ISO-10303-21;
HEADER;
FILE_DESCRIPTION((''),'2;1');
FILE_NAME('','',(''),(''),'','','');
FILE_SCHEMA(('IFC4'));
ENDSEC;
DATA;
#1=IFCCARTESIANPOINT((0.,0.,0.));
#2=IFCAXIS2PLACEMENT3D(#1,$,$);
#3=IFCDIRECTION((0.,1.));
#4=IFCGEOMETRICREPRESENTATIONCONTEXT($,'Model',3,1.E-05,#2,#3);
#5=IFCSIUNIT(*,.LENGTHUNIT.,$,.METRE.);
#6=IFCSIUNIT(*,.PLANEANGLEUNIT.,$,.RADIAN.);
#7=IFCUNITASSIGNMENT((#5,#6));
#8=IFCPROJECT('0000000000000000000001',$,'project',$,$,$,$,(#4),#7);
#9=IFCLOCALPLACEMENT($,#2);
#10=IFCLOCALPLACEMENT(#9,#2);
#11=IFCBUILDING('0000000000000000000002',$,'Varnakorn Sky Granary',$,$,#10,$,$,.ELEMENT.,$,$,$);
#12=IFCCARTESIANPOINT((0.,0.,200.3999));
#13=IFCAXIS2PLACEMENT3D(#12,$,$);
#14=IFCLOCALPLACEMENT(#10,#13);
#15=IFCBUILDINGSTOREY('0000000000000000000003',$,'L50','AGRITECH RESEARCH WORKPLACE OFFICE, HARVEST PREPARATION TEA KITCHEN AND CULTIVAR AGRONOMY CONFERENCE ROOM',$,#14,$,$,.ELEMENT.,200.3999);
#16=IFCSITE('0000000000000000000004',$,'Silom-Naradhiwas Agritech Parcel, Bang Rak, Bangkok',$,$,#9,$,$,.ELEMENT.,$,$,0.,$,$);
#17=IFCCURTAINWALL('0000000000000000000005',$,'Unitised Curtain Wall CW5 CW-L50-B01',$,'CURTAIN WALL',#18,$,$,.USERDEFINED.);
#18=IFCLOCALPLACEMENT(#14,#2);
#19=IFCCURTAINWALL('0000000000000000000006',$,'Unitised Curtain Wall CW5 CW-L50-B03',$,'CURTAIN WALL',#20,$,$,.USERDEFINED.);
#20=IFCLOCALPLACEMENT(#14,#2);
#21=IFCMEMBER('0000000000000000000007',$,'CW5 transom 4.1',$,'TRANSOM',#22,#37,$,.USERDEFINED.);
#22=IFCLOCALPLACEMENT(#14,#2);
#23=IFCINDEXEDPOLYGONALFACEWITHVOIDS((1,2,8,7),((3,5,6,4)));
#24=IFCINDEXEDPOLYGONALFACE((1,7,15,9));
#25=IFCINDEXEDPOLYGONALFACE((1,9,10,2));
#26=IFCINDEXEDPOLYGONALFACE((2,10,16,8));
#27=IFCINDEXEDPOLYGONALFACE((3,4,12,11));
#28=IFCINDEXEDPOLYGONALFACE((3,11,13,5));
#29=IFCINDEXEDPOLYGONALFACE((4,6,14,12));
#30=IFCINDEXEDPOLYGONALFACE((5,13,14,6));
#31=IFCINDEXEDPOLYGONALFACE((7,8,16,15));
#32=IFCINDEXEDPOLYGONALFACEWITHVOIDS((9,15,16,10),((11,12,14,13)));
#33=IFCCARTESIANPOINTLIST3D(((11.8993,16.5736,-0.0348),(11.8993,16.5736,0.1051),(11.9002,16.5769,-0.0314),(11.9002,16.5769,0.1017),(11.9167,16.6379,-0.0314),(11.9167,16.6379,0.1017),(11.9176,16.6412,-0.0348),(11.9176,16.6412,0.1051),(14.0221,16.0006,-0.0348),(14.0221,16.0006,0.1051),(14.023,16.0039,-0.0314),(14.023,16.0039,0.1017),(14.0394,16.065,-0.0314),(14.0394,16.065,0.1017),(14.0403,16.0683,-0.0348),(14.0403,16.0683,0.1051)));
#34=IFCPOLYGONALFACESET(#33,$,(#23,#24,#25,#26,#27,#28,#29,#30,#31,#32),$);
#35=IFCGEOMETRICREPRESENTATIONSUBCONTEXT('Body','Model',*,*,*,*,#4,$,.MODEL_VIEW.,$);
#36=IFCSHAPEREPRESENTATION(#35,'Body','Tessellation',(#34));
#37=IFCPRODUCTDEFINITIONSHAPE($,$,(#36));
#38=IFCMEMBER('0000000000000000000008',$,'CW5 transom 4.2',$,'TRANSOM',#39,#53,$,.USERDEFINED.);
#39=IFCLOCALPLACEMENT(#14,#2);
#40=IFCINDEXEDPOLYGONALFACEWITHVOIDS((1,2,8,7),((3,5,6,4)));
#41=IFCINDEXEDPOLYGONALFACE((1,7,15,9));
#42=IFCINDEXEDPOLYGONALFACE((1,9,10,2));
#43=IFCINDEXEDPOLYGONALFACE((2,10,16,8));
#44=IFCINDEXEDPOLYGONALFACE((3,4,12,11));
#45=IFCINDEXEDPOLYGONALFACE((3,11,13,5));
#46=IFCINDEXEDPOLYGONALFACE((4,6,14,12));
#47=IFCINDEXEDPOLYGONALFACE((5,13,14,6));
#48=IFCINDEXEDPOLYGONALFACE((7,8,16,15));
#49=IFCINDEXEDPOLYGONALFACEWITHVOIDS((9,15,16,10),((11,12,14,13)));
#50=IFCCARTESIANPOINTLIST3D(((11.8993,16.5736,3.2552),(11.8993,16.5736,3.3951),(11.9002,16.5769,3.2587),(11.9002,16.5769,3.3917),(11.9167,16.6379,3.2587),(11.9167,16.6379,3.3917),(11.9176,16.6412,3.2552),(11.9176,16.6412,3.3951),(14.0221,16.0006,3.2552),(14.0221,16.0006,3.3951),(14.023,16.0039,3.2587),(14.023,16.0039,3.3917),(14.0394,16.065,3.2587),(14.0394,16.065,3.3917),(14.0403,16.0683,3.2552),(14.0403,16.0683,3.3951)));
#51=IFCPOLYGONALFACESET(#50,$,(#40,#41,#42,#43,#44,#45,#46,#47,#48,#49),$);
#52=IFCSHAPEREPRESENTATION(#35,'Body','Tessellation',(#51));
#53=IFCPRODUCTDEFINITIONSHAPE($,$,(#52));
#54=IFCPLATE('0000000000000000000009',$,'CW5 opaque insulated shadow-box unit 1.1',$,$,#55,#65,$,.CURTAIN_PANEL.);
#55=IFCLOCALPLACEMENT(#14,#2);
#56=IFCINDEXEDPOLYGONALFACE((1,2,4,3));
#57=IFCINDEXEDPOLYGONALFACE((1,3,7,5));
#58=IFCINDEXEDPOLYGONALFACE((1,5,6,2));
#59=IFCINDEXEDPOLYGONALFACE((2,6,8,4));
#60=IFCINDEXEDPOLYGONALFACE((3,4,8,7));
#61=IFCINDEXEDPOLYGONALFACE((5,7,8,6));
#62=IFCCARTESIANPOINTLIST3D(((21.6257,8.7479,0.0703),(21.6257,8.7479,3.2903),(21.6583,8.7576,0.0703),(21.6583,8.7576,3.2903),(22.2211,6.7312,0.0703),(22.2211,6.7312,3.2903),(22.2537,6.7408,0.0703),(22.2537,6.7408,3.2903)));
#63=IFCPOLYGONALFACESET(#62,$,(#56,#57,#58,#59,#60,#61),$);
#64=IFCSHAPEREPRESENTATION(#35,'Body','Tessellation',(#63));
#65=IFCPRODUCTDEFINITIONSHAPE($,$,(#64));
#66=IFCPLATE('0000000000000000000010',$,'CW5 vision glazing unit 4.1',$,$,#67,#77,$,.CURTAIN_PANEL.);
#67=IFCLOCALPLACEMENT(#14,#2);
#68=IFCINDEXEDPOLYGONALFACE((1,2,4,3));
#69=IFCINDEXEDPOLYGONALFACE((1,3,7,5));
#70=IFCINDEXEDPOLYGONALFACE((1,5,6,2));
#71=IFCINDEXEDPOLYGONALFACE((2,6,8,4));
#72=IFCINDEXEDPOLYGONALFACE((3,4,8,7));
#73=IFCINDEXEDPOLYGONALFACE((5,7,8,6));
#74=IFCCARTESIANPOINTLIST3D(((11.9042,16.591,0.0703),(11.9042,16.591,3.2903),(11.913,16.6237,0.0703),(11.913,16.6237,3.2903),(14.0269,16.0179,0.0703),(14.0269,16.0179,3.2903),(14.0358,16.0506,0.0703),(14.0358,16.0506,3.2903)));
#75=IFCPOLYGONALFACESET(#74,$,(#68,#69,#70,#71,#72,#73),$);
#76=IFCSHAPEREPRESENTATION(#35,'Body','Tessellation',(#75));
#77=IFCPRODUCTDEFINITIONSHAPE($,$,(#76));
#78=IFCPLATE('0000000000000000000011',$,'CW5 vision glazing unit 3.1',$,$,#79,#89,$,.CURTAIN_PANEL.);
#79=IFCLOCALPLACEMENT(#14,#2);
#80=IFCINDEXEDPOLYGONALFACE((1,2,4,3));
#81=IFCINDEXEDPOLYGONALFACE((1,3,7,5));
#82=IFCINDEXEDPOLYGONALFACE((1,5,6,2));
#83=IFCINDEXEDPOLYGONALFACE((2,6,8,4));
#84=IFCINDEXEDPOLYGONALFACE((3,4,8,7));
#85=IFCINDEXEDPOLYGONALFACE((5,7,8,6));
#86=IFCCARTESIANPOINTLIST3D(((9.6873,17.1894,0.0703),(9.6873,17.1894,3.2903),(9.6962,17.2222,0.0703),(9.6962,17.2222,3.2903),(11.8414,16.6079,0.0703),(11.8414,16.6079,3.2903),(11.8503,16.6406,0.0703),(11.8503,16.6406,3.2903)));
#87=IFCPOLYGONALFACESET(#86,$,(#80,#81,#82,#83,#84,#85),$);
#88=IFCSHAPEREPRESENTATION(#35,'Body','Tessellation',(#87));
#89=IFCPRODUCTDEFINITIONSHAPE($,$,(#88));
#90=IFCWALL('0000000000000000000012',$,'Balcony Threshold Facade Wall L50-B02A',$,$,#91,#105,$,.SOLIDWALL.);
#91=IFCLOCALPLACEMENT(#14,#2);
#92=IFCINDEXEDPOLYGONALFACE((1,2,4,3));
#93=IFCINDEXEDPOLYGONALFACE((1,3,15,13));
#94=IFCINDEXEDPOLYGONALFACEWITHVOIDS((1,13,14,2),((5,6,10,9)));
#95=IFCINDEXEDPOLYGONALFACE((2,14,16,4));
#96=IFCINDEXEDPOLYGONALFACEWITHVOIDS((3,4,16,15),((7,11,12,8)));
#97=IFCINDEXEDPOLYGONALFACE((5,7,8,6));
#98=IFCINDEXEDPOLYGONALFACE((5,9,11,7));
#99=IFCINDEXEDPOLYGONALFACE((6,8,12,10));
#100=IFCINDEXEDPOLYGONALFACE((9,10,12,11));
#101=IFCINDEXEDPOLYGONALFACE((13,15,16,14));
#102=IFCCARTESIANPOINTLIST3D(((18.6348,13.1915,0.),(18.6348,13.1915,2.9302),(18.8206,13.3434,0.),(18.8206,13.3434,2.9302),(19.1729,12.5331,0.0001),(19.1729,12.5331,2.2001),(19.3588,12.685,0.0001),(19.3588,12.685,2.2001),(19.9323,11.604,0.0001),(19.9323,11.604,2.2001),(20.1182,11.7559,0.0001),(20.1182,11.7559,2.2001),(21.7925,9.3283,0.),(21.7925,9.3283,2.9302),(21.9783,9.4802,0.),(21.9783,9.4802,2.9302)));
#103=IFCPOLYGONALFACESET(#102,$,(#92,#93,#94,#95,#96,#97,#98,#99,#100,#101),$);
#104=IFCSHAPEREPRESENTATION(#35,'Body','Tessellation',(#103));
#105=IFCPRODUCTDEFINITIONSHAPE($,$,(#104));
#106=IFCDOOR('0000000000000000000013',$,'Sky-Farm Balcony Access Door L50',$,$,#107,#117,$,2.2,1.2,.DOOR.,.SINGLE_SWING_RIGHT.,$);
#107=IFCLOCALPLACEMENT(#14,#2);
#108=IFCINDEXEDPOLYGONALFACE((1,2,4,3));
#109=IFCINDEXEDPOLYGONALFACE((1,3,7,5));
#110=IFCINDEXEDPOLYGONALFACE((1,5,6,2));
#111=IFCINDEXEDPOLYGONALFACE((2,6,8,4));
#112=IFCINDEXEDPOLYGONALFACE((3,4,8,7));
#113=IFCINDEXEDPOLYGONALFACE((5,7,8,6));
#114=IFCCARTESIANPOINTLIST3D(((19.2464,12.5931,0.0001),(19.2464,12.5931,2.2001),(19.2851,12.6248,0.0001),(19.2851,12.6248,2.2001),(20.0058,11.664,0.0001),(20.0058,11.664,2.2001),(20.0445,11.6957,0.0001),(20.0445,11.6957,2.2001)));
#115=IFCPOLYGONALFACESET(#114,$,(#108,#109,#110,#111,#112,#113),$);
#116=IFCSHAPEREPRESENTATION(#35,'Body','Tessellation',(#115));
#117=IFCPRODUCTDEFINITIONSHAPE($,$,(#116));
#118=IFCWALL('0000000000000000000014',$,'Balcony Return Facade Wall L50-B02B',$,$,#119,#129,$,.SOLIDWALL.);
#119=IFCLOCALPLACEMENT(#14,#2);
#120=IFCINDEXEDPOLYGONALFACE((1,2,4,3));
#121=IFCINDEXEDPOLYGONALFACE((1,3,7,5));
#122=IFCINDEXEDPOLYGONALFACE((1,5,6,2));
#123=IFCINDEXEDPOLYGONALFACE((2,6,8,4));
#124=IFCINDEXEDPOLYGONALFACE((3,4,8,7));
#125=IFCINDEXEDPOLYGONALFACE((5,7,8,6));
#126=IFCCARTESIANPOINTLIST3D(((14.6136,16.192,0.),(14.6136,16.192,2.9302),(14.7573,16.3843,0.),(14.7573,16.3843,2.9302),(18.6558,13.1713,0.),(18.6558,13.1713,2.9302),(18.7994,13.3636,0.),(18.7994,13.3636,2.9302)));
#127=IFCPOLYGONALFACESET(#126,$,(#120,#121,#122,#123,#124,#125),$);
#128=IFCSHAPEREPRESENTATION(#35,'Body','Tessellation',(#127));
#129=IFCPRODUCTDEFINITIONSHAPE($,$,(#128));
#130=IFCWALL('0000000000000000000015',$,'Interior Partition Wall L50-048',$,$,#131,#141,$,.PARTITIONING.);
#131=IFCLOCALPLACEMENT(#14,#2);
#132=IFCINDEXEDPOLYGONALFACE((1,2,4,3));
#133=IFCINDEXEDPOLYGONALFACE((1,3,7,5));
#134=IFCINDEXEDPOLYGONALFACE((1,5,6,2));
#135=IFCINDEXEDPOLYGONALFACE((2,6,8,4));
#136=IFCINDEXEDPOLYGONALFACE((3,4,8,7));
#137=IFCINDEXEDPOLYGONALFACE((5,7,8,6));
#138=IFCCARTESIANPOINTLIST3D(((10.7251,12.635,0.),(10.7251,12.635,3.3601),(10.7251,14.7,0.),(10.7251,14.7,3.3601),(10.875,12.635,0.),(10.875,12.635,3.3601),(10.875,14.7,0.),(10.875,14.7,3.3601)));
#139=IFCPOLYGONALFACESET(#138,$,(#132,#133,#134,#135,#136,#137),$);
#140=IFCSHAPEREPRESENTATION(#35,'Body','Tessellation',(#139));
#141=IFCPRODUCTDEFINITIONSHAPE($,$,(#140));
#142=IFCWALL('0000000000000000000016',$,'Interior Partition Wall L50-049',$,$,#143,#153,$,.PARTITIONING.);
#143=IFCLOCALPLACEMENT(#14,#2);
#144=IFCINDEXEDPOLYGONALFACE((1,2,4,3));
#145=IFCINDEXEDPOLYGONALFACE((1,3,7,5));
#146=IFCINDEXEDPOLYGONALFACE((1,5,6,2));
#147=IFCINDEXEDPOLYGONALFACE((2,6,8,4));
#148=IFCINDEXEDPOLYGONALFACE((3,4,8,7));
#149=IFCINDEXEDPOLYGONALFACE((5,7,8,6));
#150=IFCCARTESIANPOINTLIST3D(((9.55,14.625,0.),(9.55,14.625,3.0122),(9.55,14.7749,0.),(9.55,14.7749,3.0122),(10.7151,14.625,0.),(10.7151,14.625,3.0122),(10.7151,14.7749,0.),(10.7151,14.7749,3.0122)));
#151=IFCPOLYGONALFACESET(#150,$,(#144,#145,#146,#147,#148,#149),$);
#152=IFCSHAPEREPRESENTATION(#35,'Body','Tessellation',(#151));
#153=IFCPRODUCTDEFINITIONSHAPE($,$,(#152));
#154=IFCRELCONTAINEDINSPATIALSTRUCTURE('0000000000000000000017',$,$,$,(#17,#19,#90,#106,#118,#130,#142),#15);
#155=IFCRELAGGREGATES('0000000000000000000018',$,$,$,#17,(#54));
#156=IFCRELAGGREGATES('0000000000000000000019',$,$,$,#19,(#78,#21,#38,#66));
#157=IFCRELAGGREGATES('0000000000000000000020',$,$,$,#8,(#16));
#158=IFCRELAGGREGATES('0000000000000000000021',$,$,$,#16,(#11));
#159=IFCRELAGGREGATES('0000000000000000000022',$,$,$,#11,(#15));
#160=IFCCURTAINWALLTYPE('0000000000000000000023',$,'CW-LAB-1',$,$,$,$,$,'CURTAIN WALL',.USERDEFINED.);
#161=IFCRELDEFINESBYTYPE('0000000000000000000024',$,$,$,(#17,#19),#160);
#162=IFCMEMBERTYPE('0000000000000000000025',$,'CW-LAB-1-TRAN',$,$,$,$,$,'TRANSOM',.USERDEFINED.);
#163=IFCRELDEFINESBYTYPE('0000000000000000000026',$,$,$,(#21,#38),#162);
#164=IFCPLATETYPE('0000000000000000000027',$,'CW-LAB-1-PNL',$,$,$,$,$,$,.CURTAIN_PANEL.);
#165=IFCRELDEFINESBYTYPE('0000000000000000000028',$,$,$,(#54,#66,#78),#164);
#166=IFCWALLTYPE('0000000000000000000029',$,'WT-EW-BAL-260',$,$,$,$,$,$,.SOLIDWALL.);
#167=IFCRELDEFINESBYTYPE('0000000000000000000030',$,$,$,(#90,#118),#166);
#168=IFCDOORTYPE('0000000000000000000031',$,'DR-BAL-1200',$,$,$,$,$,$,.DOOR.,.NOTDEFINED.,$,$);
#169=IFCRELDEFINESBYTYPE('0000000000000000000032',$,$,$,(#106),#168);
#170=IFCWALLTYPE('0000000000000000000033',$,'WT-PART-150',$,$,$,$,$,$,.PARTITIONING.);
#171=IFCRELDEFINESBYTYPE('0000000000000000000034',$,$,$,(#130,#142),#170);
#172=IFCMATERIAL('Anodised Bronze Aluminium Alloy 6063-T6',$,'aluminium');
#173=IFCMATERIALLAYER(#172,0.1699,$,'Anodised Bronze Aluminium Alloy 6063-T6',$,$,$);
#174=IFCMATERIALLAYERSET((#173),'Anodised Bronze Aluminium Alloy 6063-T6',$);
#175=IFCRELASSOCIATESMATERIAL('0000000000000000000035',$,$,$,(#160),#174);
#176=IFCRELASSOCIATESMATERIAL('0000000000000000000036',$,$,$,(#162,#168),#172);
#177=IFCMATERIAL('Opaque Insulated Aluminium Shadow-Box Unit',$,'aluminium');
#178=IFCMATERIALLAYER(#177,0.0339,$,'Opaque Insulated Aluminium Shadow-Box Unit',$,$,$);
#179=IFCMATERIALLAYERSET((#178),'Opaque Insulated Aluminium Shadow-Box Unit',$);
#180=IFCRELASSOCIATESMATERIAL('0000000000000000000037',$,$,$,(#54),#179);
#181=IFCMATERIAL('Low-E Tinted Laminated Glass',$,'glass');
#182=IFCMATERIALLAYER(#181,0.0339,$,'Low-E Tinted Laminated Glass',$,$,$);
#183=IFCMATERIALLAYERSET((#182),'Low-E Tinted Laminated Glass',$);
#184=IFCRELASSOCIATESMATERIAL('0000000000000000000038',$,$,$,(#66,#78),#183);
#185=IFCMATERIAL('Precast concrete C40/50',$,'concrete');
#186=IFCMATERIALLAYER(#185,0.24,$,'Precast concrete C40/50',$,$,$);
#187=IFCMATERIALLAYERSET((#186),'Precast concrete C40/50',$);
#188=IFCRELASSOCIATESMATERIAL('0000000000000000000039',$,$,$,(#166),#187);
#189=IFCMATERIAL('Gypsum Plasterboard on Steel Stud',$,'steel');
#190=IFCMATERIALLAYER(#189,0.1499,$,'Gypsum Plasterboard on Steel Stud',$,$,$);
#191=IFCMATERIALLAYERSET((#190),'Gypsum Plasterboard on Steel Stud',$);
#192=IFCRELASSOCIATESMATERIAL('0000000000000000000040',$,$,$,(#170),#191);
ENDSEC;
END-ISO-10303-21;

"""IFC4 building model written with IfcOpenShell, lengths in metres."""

from ifc_helpers import new_model, si_unit, direction, frame, frame_2d, origin, origin_2d, place, context, subcontext, project, spatial, rectangle, hollow_rectangle, extrude, source, transform, mapped, material, layer, layer_set, material_profile, profile_set, type_object, type_shapes, element, fill, aggregate, save


model = new_model("IFC4")

# Units and contexts
model_context = context("Model", 3, precision=1e-05, world=origin(), true_north=direction((0.0, 1.0)))
body_context = subcontext(model_context, "Body", "Model", "MODEL_VIEW")
ifc_project = project(units=[si_unit("LENGTHUNIT", "METRE"), si_unit("PLANEANGLEUNIT", "RADIAN")], contexts=[model_context])

# Site, building, storey
site_placement = place(None, origin())
site = spatial("IfcSite", under=ifc_project, at=site_placement, Name="Silom-Naradhiwas Agritech Parcel, Bang Rak, Bangkok", CompositionType="ELEMENT", RefElevation=0.0)
building_placement = place(site_placement, origin())
building = spatial("IfcBuilding", under=site, at=building_placement, Name="Varnakorn Sky Granary", CompositionType="ELEMENT")
storey_placement = place(building_placement, frame((0.0, 0.0, 200.3999)))
storey = spatial("IfcBuildingStorey", under=building, at=storey_placement, Name="L50", Description="AGRITECH RESEARCH WORKPLACE OFFICE, HARVEST PREPARATION TEA KITCHEN AND CULTIVAR AGRONOMY CONFERENCE ROOM", CompositionType="ELEMENT", Elevation=200.3999)

# Curtain walls
ifc_material_1 = material(Name="Anodised Bronze Aluminium Alloy 6063-T6", Category="aluminium")
ifc_layer_1 = layer(ifc_material_1, 0.1699, Name="Anodised Bronze Aluminium Alloy 6063-T6")
ifc_layer_set_1 = layer_set([ifc_layer_1], Name="Anodised Bronze Aluminium Alloy 6063-T6")
curtain_wall_type = type_object("IfcCurtainWallType", Name="CW-LAB-1", ElementType="CURTAIN WALL", PredefinedType="USERDEFINED", material=ifc_layer_set_1)
curtain_wall_1_placement = place(storey_placement, origin())
curtain_wall_1 = element("IfcCurtainWall", 1, at=curtain_wall_1_placement, inside=storey, type_object=curtain_wall_type, Name="Unitised Curtain Wall CW5 CW-L50-B01", ObjectType="CURTAIN WALL", PredefinedType="USERDEFINED")
curtain_wall_2_placement = place(storey_placement, origin())
curtain_wall_2 = element("IfcCurtainWall", 2, at=curtain_wall_2_placement, inside=storey, type_object=curtain_wall_type, Name="Unitised Curtain Wall CW5 CW-L50-B03", ObjectType="CURTAIN WALL", PredefinedType="USERDEFINED")

# Members
ifc_material_profile_1 = material_profile(ifc_material_1, hollow_rectangle(XDim=0.0701, YDim=0.1399, WallThickness=0.0034, at=origin_2d()), Name="ALU TRAN 70x140")
ifc_profile_set_1 = profile_set([ifc_material_profile_1], Name="Anodised Bronze Aluminium Alloy 6063-T6")
member_type_1 = type_object("IfcMemberType", Name="CW-LAB-1-TRAN", ElementType="TRANSOM", PredefinedType="USERDEFINED", material=ifc_profile_set_1)
member_1_placement = place(storey_placement, frame((11.9084, 16.6074, 0.0352), z_axis=(0.965447, -0.260599, 0.0), x_axis=(0.260599, 0.965447, 0.0)))
member_1 = element("IfcMember", 3, at=member_1_placement, type_object=member_type_1, Name="CW5 transom 4.1", ObjectType="TRANSOM", PredefinedType="USERDEFINED", context=body_context, shape_type="SweptSolid", body=[
    extrude(hollow_rectangle(XDim=0.0701, YDim=0.1399, WallThickness=0.0034, at=origin_2d()), origin(), (0.0, 0.0, 1.0), 2.1987),
])
member_2_placement = place(storey_placement, frame((11.9084, 16.6074, 3.3252), z_axis=(0.965447, -0.260599, 0.0), x_axis=(0.260599, 0.965447, 0.0)))
member_2 = element("IfcMember", 4, at=member_2_placement, type_object=member_type_1, Name="CW5 transom 4.2", ObjectType="TRANSOM", PredefinedType="USERDEFINED", context=body_context, shape_type="SweptSolid", body=[
    extrude(hollow_rectangle(XDim=0.0701, YDim=0.1399, WallThickness=0.0034, at=origin_2d()), origin(), (0.0, 0.0, 1.0), 2.1987),
])

# Plates
ifc_material_2 = material(Name="Opaque Insulated Aluminium Shadow-Box Unit", Category="aluminium")
ifc_layer_2 = layer(ifc_material_2, 0.0339, Name="Opaque Insulated Aluminium Shadow-Box Unit")
ifc_layer_set_2 = layer_set([ifc_layer_2], Name="Opaque Insulated Aluminium Shadow-Box Unit")
plate_type = type_object("IfcPlateType", Name="CW-LAB-1-PNL", PredefinedType="CURTAIN_PANEL")
shared_shape_1 = source(origin(), body_context, "Body", "SweptSolid", [
    extrude(rectangle(XDim=2.1028, YDim=0.0339, at=origin_2d()), origin(), (0.0, 0.0, 1.0), 3.22),
])
plate_1_placement = place(storey_placement, frame((21.9397, 7.7444, 0.0703), z_axis=(0.0, 0.0, 1.0), x_axis=(0.283144, -0.959077, 0.0)))
plate_1 = element("IfcPlate", 5, at=plate_1_placement, type_object=plate_type, material=ifc_layer_set_2, Name="CW5 opaque insulated shadow-box unit 1.1", PredefinedType="CURTAIN_PANEL", context=body_context, shape_type="MappedRepresentation", body=[
    mapped(shared_shape_1, transform((0.0, 0.0, 0.0), x_axis=(1.0, 0.0, 0.0), y_axis=(0.0, 1.0, 0.0), z_axis=(0.0, 0.0, 1.0), scale=1.0)),
])
aggregate(curtain_wall_1, [plate_1])
ifc_material_3 = material(Name="Low-E Tinted Laminated Glass", Category="glass")
ifc_layer_3 = layer(ifc_material_3, 0.0339, Name="Low-E Tinted Laminated Glass")
ifc_layer_set_3 = layer_set([ifc_layer_3], Name="Low-E Tinted Laminated Glass")
shared_shape_2 = source(origin(), body_context, "Body", "SweptSolid", [
    extrude(rectangle(XDim=2.1987, YDim=0.0339, at=origin_2d()), origin(), (0.0, 0.0, 1.0), 3.22),
])
plate_2_placement = place(storey_placement, frame((12.97, 16.3208, 0.0703), z_axis=(0.0, 0.0, 1.0), x_axis=(0.965435, -0.260643, 0.0)))
plate_2 = element("IfcPlate", 6, at=plate_2_placement, type_object=plate_type, material=ifc_layer_set_3, Name="CW5 vision glazing unit 4.1", PredefinedType="CURTAIN_PANEL", context=body_context, shape_type="MappedRepresentation", body=[
    mapped(shared_shape_2, transform((0.0, 0.0, 0.0), x_axis=(1.0, 0.0, 0.0), y_axis=(0.0, 1.0, 0.0), z_axis=(0.0, 0.0, 1.0), scale=1.0)),
])
shared_shape_3 = source(origin(), body_context, "Body", "SweptSolid", [
    extrude(rectangle(XDim=2.2312, YDim=0.0339, at=origin_2d()), origin(), (0.0, 0.0, 1.0), 3.22),
])
type_shapes(plate_type, [shared_shape_1, shared_shape_2, shared_shape_3])
plate_3_placement = place(storey_placement, frame((10.7688, 16.915, 0.0703), z_axis=(0.0, 0.0, 1.0), x_axis=(0.965435, -0.260643, 0.0)))
plate_3 = element("IfcPlate", 7, at=plate_3_placement, type_object=plate_type, material=ifc_layer_set_3, Name="CW5 vision glazing unit 3.1", PredefinedType="CURTAIN_PANEL", context=body_context, shape_type="MappedRepresentation", body=[
    mapped(shared_shape_3, transform((0.0, 0.0, 0.0), x_axis=(1.0, 0.0, 0.0), y_axis=(0.0, 1.0, 0.0), z_axis=(0.0, 0.0, 1.0), scale=1.0)),
])
aggregate(curtain_wall_2, [plate_3, member_1, member_2, plate_2])

# Wall, opening, door
ifc_material_4 = material(Name="Precast concrete C40/50", Category="concrete")
ifc_layer_4 = layer(ifc_material_4, 0.24, Name="Precast concrete C40/50")
ifc_layer_set_4 = layer_set([ifc_layer_4], Name="Precast concrete C40/50")
wall_type_1 = type_object("IfcWallType", Name="WT-EW-BAL-260", PredefinedType="SOLIDWALL", material=ifc_layer_set_4)
wall_1_placement = place(storey_placement, frame((18.7278, 13.2673, 0.0), z_axis=(0.0, 0.0, 1.0), x_axis=(0.632859, -0.774267, 0.0)))
wall_1 = element("IfcWall", 8, at=wall_1_placement, inside=storey, type_object=wall_type_1, Name="Balcony Threshold Facade Wall L50-B02A", PredefinedType="SOLIDWALL", context=body_context, shape_type="SweptSolid", body=[
    extrude(rectangle(XDim=4.9895, YDim=0.24, at=frame_2d((2.4946, 0.0))), origin(), (0.0, 0.0, 1.0), 2.9302),
])
opening_placement = place(wall_1_placement, frame((0.8501, 0.0, 0.0)))
opening = element("IfcOpeningElement", 9, at=opening_placement, cuts=wall_1, PredefinedType="OPENING", context=body_context, shape_type="SweptSolid", body=[
    extrude(rectangle(XDim=1.2, YDim=2.2, at=frame_2d((0.6001, 1.1001))), frame((0.0, 0.1299, 0.0), z_axis=(0.0, -1.0, 0.0), x_axis=(1.0, 0.0, 0.0)), (0.0, 0.0, 1.0), 0.26),
])
door_type = type_object("IfcDoorType", Name="DR-BAL-1200", OperationType="NOTDEFINED", PredefinedType="DOOR", material=ifc_material_1)
door_placement = place(opening_placement, origin())
door = element("IfcDoor", 10, at=door_placement, inside=storey, type_object=door_type, Name="Sky-Farm Balcony Access Door L50", OperationType="SINGLE_SWING_RIGHT", OverallHeight=2.2, OverallWidth=1.2, PredefinedType="DOOR", context=body_context, shape_type="SweptSolid", body=[
    extrude(rectangle(XDim=1.2, YDim=2.2, at=frame_2d((0.6001, 1.1001))), frame((0.0, 0.0249, 0.0), z_axis=(0.0, -1.0, 0.0), x_axis=(1.0, 0.0, 0.0)), (0.0, 0.0, 1.0), 0.05),
])
fill(opening, door)

# Walls
wall_2_placement = place(storey_placement, frame((14.6855, 16.2881, 0.0), z_axis=(0.0, 0.0, 1.0), x_axis=(0.801038, -0.598613, 0.0)))
element("IfcWall", 11, at=wall_2_placement, inside=storey, type_object=wall_type_1, Name="Balcony Return Facade Wall L50-B02B", PredefinedType="SOLIDWALL", context=body_context, shape_type="SweptSolid", body=[
    extrude(rectangle(XDim=5.0461, YDim=0.24, at=frame_2d((2.5229, 0.0))), origin(), (0.0, 0.0, 1.0), 2.9302),
])
ifc_material_5 = material(Name="Gypsum Plasterboard on Steel Stud", Category="steel")
ifc_layer_5 = layer(ifc_material_5, 0.1499, Name="Gypsum Plasterboard on Steel Stud")
ifc_layer_set_5 = layer_set([ifc_layer_5], Name="Gypsum Plasterboard on Steel Stud")
wall_type_2 = type_object("IfcWallType", Name="WT-PART-150", PredefinedType="PARTITIONING", material=ifc_layer_set_5)
wall_3_placement = place(storey_placement, frame((10.8, 12.635, 0.0), z_axis=(0.0, 0.0, 1.0), x_axis=(0.0, 1.0, 0.0)))
element("IfcWall", 12, at=wall_3_placement, inside=storey, type_object=wall_type_2, Name="Interior Partition Wall L50-048", PredefinedType="PARTITIONING", context=body_context, shape_type="SweptSolid", body=[
    extrude(rectangle(XDim=2.0649, YDim=0.1499, at=frame_2d((1.0325, 0.0))), origin(), (0.0, 0.0, 1.0), 3.3601),
])
wall_4_placement = place(storey_placement, frame((10.7151, 14.7, 0.0), z_axis=(0.0, 0.0, 1.0), x_axis=(-1.0, 0.0, 0.0)))
element("IfcWall", 13, at=wall_4_placement, inside=storey, type_object=wall_type_2, Name="Interior Partition Wall L50-049", PredefinedType="PARTITIONING", context=body_context, shape_type="SweptSolid", body=[
    extrude(rectangle(XDim=1.165, YDim=0.1499, at=frame_2d((0.5825, 0.0))), origin(), (0.0, 0.0, 1.0), 3.0122),
])

save(model, "model.ifc")
